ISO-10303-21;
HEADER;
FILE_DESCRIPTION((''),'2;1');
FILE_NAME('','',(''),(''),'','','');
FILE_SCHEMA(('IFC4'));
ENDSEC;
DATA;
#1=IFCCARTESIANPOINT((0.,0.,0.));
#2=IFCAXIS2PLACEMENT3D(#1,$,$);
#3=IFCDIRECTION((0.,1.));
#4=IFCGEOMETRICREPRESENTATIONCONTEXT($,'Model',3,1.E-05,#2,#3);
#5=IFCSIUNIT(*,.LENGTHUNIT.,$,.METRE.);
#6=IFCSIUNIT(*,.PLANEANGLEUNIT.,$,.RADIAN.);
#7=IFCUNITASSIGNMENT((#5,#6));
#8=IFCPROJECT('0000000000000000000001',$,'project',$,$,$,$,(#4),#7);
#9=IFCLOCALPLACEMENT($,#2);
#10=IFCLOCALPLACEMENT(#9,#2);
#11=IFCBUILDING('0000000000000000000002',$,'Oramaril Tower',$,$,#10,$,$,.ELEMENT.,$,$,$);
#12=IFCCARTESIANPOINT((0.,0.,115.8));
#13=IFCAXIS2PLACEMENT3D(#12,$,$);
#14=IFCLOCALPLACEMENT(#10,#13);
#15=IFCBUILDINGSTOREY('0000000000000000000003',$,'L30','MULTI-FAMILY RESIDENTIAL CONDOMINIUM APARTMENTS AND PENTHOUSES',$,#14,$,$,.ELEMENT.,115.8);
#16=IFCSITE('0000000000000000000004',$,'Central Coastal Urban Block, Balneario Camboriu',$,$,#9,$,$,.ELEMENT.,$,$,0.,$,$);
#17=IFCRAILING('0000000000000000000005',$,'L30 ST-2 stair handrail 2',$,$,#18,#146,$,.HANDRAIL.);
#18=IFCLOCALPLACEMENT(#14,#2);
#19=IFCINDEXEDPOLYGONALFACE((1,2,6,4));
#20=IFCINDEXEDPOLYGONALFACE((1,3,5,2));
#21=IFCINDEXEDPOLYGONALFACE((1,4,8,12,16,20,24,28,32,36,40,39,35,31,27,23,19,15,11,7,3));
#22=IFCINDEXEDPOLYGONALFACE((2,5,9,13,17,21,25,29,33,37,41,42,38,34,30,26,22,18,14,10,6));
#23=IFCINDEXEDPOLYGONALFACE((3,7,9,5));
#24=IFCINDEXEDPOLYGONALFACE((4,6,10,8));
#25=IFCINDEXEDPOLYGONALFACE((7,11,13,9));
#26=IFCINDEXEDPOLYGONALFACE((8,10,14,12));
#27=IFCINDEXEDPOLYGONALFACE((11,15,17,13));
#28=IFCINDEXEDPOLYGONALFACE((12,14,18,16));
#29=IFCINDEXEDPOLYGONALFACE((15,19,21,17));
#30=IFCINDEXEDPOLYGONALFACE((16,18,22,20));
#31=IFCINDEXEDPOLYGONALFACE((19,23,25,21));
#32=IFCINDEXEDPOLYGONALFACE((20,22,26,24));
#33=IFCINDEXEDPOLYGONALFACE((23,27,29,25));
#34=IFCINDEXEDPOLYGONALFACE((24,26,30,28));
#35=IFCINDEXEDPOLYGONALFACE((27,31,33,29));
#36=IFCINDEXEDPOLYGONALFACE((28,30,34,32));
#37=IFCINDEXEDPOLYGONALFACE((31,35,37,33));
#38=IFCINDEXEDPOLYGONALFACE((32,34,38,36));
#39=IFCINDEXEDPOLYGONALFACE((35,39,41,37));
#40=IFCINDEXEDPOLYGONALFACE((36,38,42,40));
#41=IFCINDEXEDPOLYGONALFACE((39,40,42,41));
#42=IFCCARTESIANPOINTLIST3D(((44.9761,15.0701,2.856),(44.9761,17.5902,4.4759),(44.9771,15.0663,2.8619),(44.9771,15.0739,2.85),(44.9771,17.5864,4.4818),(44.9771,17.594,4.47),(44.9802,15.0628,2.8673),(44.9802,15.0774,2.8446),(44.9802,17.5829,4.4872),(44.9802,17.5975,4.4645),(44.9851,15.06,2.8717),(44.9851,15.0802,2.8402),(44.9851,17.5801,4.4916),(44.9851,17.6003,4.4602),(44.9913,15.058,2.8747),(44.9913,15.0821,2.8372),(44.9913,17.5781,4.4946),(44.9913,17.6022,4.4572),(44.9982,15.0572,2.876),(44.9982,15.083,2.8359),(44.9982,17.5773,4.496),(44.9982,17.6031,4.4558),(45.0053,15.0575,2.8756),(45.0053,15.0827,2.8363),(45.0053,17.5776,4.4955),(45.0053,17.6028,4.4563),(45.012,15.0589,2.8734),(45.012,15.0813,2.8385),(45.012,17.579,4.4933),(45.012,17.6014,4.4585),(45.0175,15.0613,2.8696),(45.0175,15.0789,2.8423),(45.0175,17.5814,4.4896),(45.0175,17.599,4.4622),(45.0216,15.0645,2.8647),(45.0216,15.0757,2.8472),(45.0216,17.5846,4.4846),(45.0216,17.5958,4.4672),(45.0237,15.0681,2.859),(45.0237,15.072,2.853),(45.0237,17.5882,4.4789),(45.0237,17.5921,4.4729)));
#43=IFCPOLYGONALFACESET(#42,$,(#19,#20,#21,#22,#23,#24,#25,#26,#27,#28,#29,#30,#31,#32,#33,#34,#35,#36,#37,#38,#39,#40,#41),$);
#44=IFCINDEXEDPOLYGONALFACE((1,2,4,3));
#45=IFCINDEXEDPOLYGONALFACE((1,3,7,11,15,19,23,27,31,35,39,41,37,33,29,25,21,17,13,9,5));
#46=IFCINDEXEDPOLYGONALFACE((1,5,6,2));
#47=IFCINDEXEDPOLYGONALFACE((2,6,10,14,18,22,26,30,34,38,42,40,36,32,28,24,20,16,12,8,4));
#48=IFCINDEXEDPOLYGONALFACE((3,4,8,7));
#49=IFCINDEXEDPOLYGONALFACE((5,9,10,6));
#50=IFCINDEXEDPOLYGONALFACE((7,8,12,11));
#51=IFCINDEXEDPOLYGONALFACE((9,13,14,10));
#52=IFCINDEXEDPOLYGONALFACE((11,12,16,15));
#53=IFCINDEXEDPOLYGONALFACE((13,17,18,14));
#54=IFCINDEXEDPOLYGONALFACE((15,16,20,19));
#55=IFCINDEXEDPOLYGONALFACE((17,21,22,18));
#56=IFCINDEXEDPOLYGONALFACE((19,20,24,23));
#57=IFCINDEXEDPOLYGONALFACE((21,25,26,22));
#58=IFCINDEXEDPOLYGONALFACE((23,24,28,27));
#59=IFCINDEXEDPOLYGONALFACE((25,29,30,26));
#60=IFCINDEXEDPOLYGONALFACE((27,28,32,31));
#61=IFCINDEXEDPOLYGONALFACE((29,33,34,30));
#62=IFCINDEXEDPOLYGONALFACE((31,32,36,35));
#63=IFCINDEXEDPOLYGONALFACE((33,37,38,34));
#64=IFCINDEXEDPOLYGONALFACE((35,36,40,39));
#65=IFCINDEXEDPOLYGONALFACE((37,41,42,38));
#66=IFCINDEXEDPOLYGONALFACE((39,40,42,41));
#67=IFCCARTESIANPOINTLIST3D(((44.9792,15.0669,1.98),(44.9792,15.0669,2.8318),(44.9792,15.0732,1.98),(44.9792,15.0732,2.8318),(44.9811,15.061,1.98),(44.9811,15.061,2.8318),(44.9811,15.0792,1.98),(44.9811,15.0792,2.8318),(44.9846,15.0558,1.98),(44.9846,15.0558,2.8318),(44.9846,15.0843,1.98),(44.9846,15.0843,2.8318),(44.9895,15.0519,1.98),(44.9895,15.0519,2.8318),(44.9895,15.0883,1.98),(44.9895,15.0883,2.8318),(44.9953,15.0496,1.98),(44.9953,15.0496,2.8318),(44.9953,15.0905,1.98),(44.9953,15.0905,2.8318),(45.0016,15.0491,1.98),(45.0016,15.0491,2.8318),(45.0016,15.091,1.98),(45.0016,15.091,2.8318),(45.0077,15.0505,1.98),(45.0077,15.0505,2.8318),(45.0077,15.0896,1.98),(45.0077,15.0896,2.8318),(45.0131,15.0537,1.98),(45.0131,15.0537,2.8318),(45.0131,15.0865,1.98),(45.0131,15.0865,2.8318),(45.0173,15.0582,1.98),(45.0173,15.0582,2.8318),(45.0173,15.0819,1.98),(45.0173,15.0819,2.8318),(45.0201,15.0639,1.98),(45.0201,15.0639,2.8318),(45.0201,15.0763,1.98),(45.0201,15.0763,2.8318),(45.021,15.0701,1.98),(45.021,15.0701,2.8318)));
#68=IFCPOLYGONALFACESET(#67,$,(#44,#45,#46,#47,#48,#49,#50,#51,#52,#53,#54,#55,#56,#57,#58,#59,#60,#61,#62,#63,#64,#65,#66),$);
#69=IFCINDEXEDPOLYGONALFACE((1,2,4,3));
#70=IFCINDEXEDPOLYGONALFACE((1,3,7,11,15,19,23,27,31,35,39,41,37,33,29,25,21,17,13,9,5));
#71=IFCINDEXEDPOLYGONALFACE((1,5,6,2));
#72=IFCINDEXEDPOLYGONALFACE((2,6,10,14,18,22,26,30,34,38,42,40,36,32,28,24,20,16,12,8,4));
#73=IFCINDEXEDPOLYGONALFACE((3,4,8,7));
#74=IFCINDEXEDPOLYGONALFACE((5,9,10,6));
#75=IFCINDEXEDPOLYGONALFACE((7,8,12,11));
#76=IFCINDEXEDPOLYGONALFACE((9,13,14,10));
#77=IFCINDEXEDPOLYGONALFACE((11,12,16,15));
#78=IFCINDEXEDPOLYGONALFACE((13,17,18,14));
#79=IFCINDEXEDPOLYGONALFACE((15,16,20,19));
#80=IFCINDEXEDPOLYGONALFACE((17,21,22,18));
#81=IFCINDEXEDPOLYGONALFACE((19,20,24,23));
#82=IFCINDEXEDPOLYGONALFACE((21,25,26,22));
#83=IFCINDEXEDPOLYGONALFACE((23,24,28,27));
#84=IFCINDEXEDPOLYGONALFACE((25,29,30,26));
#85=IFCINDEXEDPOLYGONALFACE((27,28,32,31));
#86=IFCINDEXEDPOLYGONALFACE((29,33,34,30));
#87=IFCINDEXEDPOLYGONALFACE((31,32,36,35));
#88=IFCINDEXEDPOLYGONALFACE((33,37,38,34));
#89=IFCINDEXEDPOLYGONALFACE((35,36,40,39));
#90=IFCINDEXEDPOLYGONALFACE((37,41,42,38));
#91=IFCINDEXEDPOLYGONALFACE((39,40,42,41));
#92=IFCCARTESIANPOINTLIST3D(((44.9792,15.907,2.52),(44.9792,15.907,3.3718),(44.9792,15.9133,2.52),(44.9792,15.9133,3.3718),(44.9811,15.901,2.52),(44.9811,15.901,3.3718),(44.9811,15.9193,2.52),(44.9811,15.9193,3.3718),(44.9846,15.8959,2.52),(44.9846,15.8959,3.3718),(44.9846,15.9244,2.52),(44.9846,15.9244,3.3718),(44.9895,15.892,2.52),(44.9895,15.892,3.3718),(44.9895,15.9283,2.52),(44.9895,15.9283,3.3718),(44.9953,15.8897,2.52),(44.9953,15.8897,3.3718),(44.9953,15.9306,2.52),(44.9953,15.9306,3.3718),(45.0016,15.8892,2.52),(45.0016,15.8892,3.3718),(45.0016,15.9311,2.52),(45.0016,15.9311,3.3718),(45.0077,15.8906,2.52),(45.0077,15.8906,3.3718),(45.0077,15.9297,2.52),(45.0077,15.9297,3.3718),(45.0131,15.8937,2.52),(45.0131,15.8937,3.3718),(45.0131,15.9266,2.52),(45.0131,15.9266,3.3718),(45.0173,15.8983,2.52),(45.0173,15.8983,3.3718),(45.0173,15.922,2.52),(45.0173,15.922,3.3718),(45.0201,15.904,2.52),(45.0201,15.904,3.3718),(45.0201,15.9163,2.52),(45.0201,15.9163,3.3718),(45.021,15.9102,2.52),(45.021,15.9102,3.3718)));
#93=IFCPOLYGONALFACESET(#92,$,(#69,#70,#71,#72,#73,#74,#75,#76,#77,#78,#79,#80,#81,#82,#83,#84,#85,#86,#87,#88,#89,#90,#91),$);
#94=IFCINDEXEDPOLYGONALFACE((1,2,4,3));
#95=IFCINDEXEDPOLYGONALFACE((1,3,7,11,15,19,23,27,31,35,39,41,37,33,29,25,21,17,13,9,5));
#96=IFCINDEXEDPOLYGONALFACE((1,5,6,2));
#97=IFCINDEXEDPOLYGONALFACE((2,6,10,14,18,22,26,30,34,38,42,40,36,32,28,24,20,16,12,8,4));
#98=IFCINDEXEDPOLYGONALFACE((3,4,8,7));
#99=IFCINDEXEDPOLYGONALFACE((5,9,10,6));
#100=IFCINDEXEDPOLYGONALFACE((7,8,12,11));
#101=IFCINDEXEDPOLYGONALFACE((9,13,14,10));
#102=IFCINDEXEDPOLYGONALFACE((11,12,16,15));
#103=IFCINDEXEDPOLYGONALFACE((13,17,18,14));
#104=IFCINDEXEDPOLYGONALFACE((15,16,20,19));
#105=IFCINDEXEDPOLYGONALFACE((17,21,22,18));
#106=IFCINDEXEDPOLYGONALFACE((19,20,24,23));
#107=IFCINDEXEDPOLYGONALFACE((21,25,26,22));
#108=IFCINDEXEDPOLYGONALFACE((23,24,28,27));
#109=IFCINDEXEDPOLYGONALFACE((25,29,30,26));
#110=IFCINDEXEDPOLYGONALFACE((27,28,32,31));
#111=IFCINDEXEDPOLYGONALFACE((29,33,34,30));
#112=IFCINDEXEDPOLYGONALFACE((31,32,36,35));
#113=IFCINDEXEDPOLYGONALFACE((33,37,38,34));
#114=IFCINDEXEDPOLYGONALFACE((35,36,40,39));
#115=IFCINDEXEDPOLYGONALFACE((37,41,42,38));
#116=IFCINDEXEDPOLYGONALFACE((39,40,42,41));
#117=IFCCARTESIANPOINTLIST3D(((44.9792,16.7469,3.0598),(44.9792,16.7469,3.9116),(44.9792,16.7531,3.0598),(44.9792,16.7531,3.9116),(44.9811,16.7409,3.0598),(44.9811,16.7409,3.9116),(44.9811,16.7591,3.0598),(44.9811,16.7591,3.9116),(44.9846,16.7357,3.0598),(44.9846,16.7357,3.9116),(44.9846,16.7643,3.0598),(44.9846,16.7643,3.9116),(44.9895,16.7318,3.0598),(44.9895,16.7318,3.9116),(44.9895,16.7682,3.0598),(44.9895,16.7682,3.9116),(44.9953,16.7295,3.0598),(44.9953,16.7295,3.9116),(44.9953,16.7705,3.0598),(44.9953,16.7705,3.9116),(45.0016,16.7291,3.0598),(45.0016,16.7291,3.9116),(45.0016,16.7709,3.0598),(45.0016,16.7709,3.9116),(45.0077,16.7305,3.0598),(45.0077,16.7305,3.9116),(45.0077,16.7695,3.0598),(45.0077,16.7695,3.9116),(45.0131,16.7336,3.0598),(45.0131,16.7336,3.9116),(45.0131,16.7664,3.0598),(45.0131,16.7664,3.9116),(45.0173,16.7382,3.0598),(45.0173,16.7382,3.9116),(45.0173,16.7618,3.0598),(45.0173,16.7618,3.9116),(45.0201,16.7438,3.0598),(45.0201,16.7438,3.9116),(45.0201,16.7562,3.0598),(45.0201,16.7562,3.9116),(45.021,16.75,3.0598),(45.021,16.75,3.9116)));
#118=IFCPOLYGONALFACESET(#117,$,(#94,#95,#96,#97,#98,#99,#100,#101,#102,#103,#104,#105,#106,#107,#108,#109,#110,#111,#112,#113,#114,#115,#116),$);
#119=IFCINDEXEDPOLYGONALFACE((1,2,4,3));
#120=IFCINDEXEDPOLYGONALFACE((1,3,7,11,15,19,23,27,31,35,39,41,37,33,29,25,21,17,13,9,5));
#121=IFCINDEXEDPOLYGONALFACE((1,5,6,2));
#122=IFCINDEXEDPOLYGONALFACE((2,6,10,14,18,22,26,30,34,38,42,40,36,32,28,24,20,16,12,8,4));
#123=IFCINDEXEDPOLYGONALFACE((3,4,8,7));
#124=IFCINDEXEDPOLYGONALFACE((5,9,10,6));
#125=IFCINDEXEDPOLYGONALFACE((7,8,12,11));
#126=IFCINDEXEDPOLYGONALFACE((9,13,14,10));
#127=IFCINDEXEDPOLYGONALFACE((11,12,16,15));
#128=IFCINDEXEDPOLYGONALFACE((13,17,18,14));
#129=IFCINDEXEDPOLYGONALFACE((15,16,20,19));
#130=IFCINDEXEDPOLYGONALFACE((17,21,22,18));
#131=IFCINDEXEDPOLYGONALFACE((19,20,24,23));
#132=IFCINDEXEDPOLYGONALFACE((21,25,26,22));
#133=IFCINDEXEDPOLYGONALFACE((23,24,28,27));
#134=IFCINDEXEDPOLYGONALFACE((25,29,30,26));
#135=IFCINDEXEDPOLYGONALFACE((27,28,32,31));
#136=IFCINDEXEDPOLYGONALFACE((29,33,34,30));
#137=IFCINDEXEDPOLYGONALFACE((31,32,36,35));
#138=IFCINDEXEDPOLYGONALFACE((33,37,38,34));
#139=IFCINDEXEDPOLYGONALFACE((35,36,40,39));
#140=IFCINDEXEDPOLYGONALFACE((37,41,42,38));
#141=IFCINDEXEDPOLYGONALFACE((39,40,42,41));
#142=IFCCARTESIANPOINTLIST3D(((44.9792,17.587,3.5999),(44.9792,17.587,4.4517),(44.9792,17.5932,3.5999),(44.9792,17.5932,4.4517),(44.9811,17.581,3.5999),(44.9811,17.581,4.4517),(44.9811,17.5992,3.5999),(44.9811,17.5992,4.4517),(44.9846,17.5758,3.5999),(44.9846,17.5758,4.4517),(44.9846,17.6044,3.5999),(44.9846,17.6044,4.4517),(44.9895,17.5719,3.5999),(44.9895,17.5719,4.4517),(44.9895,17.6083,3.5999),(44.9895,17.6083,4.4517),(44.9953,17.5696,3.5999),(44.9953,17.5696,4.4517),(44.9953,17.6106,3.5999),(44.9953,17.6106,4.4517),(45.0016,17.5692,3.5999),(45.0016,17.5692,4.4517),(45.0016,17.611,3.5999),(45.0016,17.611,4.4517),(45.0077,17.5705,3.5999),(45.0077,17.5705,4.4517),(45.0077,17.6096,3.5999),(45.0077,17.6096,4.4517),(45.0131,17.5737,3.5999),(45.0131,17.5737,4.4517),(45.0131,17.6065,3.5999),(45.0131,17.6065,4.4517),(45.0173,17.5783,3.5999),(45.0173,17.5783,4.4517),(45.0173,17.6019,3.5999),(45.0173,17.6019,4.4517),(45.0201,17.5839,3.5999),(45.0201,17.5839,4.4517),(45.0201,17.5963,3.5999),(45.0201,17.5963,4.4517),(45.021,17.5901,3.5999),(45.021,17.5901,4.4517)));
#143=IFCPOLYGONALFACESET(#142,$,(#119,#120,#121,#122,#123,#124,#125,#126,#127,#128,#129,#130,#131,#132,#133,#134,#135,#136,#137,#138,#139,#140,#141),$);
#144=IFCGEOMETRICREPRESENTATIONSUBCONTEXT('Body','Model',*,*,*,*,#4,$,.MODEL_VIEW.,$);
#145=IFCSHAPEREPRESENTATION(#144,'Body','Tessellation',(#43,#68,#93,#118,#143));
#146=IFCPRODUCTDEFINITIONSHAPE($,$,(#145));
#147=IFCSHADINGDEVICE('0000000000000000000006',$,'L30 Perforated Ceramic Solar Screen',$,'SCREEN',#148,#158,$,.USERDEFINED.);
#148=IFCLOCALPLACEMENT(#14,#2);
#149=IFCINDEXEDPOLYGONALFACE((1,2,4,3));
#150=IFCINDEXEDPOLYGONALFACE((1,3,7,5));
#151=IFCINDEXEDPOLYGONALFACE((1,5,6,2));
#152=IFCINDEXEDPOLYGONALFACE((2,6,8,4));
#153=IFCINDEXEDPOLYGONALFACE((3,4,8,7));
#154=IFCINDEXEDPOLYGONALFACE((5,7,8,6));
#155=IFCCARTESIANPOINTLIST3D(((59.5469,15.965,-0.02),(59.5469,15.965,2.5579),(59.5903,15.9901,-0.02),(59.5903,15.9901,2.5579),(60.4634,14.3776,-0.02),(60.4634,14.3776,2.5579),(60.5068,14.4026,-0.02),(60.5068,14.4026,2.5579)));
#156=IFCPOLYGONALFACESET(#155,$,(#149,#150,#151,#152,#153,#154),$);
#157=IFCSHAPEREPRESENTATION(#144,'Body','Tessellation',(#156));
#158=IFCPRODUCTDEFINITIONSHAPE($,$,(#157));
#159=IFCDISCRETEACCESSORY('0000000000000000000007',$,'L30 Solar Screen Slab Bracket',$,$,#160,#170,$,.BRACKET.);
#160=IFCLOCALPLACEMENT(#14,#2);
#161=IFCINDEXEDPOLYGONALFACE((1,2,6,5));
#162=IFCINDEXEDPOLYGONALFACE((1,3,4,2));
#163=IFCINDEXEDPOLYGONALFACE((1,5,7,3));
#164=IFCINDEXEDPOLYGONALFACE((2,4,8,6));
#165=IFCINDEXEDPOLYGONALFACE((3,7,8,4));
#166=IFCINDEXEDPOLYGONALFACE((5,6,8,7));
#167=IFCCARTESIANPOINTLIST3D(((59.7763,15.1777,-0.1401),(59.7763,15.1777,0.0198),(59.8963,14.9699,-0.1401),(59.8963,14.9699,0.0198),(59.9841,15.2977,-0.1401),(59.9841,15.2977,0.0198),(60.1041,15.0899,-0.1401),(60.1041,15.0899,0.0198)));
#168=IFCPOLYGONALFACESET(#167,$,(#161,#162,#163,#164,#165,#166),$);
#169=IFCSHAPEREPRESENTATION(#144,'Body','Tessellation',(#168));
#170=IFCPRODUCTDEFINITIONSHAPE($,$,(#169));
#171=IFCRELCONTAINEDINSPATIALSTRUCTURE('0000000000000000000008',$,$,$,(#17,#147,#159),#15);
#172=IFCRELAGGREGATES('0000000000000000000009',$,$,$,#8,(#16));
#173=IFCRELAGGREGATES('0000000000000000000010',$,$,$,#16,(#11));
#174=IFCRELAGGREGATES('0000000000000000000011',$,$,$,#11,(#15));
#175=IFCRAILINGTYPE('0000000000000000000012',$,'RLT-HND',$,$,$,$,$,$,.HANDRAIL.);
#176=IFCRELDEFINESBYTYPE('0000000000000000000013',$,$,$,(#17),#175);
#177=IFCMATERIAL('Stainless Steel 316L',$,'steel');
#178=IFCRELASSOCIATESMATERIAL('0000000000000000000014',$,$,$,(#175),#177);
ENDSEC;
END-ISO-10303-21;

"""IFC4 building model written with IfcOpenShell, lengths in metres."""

from ifc_helpers import new_model, si_unit, direction, frame, origin, origin_2d, place, context, subcontext, project, spatial, rectangle, circle, extrude, material, type_object, element, save


model = new_model("IFC4")

# Units and contexts
model_context = context("Model", 3, precision=1e-05, world=origin(), true_north=direction((0.0, 1.0)))
body_context = subcontext(model_context, "Body", "Model", "MODEL_VIEW")
ifc_project = project(units=[si_unit("LENGTHUNIT", "METRE"), si_unit("PLANEANGLEUNIT", "RADIAN")], contexts=[model_context])

# Site, building, storey
site_placement = place(None, origin())
site = spatial("IfcSite", under=ifc_project, at=site_placement, Name="Central Coastal Urban Block, Balneario Camboriu", CompositionType="ELEMENT", RefElevation=0.0)
building_placement = place(site_placement, origin())
building = spatial("IfcBuilding", under=site, at=building_placement, Name="Oramaril Tower", CompositionType="ELEMENT")
storey_placement = place(building_placement, frame((0.0, 0.0, 115.8)))
storey = spatial("IfcBuildingStorey", under=building, at=storey_placement, Name="L30", Description="MULTI-FAMILY RESIDENTIAL CONDOMINIUM APARTMENTS AND PENTHOUSES", CompositionType="ELEMENT", Elevation=115.8)

# Railing
ifc_material_1 = material(Name="Stainless Steel 316L", Category="steel")
railing_type = type_object("IfcRailingType", Name="RLT-HND", PredefinedType="HANDRAIL", material=ifc_material_1)
railing_placement = place(storey_placement, frame((45.0, 15.0701, 1.98)))
element("IfcRailing", 1, at=railing_placement, inside=storey, type_object=railing_type, Name="L30 ST-2 stair handrail 2", PredefinedType="HANDRAIL", context=body_context, shape_type="SweptSolid", body=[
    extrude(circle(Radius=0.0239, at=origin_2d()), frame((0.0, 0.0, 0.876), z_axis=(0.0, 0.8412, 0.540725), x_axis=(-1.0, 0.0, 0.0)), (0.0, 0.0, 1.0), 2.9958),
    extrude(circle(Radius=0.021, at=origin_2d()), origin(), (0.0, 0.0, 1.0), 0.8518),
    extrude(circle(Radius=0.021, at=origin_2d()), frame((0.0, 0.8401, 0.54)), (0.0, 0.0, 1.0), 0.8518),
    extrude(circle(Radius=0.021, at=origin_2d()), frame((0.0, 1.6799, 1.0798)), (0.0, 0.0, 1.0), 0.8518),
    extrude(circle(Radius=0.021, at=origin_2d()), frame((0.0, 2.52, 1.6199)), (0.0, 0.0, 1.0), 0.8518),
])

# Shading device
shading_device_placement = place(storey_placement, frame((60.0269, 15.1838, -0.02), z_axis=(0.0, 0.0, 1.0), x_axis=(-0.5, 0.866025, 0.0)))
element("IfcShadingDevice", 2, at=shading_device_placement, inside=storey, Name="L30 Perforated Ceramic Solar Screen", ObjectType="SCREEN", PredefinedType="USERDEFINED", context=body_context, shape_type="SweptSolid", body=[
    extrude(rectangle(XDim=1.833, YDim=0.05, at=origin_2d()), origin(), (0.0, 0.0, 1.0), 2.5779),
])

# Discrete accessory
discrete_accessory_placement = place(storey_placement, frame((59.9402, 15.1338, -0.1401), z_axis=(0.0, 0.0, 1.0), x_axis=(-0.5, 0.866025, 0.0)))
element("IfcDiscreteAccessory", 3, at=discrete_accessory_placement, inside=storey, Name="L30 Solar Screen Slab Bracket", PredefinedType="BRACKET", context=body_context, shape_type="SweptSolid", body=[
    extrude(rectangle(XDim=0.24, YDim=0.24, at=origin_2d()), origin(), (0.0, 0.0, 1.0), 0.1599),
])

save(model, "model.ifc")
